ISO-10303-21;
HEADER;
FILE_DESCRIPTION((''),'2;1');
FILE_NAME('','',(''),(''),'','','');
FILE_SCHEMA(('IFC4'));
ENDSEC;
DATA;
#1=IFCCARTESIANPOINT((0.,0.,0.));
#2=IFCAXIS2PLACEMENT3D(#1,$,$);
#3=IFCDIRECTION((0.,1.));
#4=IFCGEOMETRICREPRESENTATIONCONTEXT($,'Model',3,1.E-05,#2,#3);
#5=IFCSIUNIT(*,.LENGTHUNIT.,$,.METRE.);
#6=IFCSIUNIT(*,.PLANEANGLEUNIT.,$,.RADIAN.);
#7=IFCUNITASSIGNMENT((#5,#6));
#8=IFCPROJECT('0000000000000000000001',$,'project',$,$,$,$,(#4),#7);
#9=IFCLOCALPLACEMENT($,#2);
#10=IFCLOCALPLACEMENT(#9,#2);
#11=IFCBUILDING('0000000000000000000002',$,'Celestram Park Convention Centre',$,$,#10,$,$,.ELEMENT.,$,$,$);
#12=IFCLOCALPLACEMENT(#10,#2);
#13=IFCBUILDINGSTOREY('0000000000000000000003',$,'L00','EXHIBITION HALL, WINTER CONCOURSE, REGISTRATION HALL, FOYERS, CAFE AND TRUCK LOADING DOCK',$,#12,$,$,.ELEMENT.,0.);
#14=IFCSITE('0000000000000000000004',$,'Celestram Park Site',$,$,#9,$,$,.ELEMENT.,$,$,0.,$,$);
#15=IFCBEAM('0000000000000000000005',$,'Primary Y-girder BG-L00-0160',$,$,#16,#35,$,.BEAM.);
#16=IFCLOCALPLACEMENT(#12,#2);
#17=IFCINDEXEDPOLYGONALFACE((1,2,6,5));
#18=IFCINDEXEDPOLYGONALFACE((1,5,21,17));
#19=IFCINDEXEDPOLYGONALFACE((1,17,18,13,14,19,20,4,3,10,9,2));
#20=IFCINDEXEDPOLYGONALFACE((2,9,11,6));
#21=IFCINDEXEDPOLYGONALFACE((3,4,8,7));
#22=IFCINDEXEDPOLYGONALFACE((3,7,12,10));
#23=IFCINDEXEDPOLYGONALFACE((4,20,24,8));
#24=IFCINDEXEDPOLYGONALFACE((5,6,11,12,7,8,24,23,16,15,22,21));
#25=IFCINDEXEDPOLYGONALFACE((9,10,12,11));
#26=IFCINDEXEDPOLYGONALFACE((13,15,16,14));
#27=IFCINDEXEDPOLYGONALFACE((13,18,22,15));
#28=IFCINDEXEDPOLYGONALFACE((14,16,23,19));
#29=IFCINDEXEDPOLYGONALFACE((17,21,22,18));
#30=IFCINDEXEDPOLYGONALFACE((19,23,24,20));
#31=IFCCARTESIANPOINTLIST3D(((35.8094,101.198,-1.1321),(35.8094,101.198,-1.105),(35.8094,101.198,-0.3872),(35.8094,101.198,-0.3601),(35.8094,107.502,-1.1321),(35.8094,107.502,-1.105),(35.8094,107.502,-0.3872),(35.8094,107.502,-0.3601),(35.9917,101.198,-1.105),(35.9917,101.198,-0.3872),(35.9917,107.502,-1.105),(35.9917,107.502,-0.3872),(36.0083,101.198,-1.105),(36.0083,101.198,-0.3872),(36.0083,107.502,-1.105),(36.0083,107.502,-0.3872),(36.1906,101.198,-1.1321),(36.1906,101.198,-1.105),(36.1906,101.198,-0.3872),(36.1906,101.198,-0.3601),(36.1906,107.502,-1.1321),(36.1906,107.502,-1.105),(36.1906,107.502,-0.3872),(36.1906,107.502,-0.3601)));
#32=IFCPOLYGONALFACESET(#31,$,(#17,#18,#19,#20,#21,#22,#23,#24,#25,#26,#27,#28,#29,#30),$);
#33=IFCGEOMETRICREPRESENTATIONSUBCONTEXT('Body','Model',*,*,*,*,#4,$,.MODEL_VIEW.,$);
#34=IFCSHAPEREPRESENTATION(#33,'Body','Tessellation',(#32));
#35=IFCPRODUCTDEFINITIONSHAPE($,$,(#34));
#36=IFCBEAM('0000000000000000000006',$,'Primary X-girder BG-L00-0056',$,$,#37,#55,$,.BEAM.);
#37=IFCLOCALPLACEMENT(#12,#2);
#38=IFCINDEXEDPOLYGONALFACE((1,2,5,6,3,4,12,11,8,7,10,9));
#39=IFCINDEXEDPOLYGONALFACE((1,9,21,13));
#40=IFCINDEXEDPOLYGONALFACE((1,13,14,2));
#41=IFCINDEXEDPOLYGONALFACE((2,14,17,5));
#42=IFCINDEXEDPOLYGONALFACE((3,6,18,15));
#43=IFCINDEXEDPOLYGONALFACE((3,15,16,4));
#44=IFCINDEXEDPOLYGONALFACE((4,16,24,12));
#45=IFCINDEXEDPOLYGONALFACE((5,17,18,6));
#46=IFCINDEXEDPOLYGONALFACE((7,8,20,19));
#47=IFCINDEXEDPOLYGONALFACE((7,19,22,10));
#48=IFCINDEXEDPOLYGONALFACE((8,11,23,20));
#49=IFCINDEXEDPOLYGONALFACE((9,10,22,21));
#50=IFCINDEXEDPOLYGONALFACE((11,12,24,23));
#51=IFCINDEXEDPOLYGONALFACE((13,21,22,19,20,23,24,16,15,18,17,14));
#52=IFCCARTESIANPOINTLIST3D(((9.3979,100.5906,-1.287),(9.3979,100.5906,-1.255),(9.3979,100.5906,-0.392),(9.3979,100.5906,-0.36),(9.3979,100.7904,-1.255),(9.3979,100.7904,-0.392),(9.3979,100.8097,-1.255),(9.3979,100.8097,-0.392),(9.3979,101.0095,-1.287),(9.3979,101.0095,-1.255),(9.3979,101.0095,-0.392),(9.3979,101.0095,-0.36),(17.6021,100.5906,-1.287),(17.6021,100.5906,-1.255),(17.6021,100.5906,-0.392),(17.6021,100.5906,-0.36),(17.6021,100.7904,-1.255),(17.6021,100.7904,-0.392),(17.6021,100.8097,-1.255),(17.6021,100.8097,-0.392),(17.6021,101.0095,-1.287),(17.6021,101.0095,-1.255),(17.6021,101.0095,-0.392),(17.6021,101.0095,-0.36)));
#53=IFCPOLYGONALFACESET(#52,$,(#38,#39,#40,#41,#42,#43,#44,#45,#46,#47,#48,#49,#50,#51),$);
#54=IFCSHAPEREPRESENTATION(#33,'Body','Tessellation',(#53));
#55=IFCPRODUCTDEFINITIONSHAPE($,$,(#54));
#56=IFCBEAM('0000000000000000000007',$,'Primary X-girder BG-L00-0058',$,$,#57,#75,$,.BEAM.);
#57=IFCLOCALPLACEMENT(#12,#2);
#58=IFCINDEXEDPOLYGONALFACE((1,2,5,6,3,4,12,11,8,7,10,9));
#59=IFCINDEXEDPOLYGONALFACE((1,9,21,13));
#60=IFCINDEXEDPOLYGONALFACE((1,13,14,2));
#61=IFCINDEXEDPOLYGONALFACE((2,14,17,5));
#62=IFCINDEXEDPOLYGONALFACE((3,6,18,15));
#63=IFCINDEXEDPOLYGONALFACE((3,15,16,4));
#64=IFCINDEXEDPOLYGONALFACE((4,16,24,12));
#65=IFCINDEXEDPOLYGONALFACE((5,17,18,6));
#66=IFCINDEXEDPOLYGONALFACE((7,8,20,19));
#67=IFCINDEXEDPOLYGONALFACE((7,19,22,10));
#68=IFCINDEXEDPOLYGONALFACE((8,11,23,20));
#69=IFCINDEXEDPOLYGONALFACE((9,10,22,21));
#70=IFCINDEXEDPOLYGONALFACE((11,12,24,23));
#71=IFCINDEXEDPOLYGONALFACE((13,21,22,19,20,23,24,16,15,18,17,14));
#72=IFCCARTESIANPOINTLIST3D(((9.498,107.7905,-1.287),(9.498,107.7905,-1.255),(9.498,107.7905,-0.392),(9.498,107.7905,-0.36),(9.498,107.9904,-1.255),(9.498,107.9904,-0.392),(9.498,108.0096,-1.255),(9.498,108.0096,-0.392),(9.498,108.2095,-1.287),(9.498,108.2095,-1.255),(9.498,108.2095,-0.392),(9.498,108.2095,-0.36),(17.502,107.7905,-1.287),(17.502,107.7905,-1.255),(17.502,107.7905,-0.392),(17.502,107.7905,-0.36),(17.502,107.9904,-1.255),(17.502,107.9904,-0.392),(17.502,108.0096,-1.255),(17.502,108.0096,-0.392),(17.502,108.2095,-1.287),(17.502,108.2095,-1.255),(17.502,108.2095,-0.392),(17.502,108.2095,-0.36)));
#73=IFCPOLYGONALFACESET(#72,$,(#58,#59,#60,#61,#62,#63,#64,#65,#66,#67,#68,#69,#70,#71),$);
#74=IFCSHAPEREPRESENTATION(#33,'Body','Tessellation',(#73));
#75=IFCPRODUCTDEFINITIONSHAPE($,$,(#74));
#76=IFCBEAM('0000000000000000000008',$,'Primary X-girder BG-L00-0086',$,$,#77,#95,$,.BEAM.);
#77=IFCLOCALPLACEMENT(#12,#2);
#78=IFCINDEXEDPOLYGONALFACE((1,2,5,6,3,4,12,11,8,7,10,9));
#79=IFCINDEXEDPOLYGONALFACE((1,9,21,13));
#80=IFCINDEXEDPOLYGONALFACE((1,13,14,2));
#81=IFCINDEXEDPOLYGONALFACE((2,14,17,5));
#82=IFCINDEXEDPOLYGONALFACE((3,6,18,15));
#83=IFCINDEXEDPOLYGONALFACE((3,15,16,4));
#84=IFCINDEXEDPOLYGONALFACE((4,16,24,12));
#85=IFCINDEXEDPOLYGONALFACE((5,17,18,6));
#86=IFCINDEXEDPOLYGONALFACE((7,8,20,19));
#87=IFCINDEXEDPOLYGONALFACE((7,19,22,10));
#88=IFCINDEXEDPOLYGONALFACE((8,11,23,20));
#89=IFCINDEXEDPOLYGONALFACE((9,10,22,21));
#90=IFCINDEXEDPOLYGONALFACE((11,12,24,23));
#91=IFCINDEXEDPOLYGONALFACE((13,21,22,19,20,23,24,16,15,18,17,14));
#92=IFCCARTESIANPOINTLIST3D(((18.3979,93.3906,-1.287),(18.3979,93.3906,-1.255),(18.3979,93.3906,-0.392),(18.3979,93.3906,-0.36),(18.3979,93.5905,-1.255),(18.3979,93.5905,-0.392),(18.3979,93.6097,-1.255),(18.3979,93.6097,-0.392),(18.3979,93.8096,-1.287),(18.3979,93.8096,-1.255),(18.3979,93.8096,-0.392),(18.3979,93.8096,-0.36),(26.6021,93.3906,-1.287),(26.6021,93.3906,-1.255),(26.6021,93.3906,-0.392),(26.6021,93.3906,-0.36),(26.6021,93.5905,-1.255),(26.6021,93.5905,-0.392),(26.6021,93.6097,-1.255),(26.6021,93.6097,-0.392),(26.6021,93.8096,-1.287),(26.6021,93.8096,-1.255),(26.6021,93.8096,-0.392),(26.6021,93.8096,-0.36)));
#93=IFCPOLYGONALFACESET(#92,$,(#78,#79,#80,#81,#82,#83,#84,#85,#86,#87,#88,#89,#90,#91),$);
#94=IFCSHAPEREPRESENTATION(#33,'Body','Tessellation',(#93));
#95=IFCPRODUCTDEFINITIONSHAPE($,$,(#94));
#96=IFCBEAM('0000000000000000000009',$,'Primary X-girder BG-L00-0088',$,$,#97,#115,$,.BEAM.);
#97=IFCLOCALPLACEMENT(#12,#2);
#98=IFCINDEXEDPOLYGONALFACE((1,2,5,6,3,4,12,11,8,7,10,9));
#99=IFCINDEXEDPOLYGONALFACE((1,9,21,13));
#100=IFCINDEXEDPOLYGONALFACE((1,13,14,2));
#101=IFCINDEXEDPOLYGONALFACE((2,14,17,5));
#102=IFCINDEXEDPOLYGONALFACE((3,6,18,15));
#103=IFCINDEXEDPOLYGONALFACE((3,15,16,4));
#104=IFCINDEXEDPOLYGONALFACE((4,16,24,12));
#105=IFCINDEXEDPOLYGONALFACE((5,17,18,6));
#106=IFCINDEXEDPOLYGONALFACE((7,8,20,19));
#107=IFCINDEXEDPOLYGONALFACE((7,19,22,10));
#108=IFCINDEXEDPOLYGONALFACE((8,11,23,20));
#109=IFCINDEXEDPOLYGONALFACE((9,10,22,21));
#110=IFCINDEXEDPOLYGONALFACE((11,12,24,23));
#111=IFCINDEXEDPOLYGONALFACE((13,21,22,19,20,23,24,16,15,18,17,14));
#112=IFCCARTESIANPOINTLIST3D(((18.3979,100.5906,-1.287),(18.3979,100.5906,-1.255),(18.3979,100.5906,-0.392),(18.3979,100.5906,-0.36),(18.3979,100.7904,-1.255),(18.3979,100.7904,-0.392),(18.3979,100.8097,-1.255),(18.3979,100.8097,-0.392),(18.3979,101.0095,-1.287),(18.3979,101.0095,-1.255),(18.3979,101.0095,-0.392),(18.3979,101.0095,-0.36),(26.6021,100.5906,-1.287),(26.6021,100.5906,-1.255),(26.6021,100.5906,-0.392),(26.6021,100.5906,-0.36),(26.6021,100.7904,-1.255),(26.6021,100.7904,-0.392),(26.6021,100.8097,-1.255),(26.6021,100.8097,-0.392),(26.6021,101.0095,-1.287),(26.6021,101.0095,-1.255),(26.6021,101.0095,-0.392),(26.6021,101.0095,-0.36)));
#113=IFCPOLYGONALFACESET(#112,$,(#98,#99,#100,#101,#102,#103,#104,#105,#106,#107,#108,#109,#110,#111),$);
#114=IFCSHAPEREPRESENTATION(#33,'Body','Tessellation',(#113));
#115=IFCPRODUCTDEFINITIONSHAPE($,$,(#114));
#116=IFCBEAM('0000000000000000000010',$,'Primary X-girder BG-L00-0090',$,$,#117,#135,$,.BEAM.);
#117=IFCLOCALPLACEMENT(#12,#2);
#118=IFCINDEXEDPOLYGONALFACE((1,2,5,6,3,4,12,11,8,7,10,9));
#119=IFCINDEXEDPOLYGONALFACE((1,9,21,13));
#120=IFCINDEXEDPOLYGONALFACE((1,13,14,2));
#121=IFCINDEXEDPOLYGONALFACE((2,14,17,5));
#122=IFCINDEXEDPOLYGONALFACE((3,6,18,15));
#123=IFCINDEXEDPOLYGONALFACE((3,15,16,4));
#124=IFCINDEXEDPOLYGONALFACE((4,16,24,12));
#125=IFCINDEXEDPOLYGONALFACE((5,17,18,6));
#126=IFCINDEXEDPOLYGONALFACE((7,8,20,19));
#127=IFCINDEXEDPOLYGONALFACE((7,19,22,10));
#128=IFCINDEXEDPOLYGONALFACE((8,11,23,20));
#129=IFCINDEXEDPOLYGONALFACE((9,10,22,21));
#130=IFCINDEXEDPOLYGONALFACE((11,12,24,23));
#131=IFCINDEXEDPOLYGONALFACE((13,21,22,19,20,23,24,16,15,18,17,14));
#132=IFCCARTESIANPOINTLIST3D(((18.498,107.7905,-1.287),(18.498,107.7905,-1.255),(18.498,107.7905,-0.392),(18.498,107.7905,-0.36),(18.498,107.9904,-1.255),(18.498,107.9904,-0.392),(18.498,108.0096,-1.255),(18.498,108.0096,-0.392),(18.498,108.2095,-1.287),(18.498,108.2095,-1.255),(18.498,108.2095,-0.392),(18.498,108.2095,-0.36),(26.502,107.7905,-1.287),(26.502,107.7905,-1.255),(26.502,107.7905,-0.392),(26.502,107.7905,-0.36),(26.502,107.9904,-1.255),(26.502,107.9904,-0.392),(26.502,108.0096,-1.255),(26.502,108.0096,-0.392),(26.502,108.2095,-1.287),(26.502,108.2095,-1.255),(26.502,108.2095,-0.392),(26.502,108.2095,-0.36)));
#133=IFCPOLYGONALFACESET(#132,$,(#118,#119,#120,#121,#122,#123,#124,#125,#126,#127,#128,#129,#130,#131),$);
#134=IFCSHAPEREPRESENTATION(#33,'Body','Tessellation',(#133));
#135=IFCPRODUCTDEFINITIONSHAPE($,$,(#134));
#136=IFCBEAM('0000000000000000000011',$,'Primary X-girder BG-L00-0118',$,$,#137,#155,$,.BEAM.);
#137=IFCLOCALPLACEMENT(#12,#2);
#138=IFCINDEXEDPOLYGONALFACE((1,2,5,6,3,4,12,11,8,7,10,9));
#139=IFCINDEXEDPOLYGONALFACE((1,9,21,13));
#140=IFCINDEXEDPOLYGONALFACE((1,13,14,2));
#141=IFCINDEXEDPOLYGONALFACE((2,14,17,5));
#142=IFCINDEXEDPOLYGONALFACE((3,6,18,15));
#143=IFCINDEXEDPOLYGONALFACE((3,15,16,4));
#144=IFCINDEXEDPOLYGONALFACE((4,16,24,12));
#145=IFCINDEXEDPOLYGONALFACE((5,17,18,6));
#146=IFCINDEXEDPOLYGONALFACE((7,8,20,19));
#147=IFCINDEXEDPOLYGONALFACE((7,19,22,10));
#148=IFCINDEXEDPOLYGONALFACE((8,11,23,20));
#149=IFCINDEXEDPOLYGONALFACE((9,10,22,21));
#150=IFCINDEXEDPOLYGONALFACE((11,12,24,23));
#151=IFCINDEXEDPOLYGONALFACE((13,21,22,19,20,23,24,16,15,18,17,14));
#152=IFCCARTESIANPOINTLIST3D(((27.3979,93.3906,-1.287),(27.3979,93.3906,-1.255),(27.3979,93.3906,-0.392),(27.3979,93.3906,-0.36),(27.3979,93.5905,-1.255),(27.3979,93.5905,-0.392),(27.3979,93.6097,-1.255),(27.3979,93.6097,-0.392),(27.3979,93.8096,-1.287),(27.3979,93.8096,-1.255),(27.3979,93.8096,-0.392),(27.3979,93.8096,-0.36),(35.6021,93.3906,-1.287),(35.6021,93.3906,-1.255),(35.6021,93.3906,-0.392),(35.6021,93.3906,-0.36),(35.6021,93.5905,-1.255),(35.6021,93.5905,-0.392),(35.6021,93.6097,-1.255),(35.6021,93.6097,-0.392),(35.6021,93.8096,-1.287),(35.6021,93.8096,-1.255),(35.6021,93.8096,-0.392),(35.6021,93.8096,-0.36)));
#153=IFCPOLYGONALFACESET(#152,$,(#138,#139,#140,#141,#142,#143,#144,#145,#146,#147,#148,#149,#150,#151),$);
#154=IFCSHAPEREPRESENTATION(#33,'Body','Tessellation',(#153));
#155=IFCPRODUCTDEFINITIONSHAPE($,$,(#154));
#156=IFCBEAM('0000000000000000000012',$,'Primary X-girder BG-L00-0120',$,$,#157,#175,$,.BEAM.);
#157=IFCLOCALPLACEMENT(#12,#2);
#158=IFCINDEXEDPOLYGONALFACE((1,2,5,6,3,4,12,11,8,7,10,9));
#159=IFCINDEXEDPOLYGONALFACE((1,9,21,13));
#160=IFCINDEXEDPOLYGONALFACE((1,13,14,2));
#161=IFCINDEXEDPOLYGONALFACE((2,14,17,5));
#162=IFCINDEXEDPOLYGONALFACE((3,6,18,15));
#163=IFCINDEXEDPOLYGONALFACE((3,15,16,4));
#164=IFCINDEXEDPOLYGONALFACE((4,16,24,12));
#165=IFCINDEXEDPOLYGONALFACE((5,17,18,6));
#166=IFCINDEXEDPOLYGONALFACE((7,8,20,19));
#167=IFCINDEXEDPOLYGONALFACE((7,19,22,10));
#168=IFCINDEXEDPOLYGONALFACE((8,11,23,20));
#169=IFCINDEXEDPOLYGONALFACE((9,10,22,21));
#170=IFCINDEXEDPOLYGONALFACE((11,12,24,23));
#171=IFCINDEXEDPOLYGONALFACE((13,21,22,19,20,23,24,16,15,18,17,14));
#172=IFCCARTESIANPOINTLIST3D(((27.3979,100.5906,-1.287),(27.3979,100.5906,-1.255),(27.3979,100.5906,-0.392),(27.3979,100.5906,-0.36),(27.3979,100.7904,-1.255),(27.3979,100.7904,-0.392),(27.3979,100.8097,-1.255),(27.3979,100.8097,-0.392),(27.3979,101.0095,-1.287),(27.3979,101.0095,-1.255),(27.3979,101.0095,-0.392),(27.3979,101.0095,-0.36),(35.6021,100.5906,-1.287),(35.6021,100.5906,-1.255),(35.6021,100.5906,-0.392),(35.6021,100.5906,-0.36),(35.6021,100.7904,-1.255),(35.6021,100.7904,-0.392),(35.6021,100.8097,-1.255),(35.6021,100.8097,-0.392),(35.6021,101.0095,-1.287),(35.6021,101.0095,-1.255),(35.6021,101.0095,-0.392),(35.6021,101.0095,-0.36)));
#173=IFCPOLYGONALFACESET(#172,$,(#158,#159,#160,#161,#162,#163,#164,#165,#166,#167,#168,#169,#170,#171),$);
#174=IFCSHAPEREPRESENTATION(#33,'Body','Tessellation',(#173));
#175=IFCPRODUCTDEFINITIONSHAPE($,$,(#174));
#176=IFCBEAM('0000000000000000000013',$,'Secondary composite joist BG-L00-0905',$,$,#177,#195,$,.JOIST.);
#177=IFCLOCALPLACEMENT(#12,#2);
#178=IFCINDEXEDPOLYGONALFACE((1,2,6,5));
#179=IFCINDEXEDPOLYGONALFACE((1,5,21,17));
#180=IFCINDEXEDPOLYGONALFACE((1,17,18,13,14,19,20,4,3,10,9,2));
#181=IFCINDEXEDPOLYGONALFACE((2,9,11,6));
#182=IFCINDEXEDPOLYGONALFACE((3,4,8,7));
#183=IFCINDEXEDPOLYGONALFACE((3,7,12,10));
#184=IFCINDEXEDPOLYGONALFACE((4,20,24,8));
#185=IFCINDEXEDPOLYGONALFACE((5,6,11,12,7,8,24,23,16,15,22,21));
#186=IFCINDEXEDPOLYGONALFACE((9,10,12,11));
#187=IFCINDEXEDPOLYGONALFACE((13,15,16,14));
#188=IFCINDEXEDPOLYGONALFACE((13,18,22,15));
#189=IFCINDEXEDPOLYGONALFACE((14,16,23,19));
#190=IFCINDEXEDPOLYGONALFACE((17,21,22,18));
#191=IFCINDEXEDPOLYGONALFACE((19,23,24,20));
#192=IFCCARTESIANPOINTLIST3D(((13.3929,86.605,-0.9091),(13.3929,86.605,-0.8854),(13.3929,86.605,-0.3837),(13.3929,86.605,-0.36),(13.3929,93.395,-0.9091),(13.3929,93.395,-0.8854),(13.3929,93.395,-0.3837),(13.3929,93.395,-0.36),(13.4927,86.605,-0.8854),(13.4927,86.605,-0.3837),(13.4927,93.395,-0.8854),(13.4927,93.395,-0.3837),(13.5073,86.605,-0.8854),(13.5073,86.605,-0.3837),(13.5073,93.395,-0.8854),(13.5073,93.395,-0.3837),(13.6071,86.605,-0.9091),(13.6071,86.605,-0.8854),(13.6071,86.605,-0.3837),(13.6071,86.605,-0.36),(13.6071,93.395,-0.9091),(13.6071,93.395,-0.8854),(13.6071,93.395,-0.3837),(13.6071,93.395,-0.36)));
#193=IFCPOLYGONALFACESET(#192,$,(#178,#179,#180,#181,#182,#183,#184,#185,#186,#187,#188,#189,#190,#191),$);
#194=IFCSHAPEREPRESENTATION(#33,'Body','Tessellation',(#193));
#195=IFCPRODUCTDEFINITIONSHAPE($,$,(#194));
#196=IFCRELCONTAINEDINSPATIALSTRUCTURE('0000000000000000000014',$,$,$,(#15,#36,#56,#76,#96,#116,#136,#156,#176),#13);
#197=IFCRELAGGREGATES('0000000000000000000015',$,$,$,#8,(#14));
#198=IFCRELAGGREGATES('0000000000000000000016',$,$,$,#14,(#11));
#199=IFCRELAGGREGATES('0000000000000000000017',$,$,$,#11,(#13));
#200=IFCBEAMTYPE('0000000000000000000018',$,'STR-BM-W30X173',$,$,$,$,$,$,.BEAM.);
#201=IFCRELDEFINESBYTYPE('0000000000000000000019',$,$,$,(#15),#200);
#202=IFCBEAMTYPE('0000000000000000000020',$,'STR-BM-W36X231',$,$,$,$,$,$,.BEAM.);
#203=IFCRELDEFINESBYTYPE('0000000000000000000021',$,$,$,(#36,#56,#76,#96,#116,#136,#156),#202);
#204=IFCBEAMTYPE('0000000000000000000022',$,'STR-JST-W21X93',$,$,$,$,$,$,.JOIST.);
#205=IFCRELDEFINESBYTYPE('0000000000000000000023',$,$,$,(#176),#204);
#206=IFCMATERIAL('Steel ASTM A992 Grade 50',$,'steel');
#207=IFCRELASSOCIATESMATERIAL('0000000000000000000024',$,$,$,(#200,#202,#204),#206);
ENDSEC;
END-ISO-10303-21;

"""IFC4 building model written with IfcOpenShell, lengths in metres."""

from ifc_helpers import new_model, si_unit, direction, frame, origin, origin_2d, place, context, subcontext, project, spatial, i_section, extrude, material, material_profile, profile_set, type_object, element, save


model = new_model("IFC4")

# Units and contexts
model_context = context("Model", 3, precision=1e-05, world=origin(), true_north=direction((0.0, 1.0)))
body_context = subcontext(model_context, "Body", "Model", "MODEL_VIEW")
ifc_project = project(units=[si_unit("LENGTHUNIT", "METRE"), si_unit("PLANEANGLEUNIT", "RADIAN")], contexts=[model_context])

# Site, building, storey
site_placement = place(None, origin())
site = spatial("IfcSite", under=ifc_project, at=site_placement, Name="Celestram Park Site", CompositionType="ELEMENT", RefElevation=0.0)
building_placement = place(site_placement, origin())
building = spatial("IfcBuilding", under=site, at=building_placement, Name="Celestram Park Convention Centre", CompositionType="ELEMENT")
storey_placement = place(building_placement, origin())
storey = spatial("IfcBuildingStorey", under=building, at=storey_placement, Name="L00", Description="EXHIBITION HALL, WINTER CONCOURSE, REGISTRATION HALL, FOYERS, CAFE AND TRUCK LOADING DOCK", CompositionType="ELEMENT", Elevation=0.0)

# Shared definitions
ifc_material_1 = material(Name="Steel ASTM A992 Grade 50", Category="steel")

# Beams
ifc_material_profile_1 = material_profile(ifc_material_1, i_section(OverallWidth=0.3811, OverallDepth=0.772, WebThickness=0.0166, FlangeThickness=0.0271, at=origin_2d()), Name="W30X173")
ifc_profile_set_1 = profile_set([ifc_material_profile_1], Name="Steel ASTM A992 Grade 50")
beam_type_1 = type_object("IfcBeamType", Name="STR-BM-W30X173", PredefinedType="BEAM", material=ifc_profile_set_1)
beam_1_placement = place(storey_placement, frame((36.0, 101.198, -0.7461), z_axis=(0.0, 1.0, 0.0), x_axis=(-1.0, 0.0, 0.0)))
element("IfcBeam", 1, at=beam_1_placement, inside=storey, type_object=beam_type_1, Name="Primary Y-girder BG-L00-0160", PredefinedType="BEAM", context=body_context, shape_type="SweptSolid", body=[
    extrude(i_section(OverallWidth=0.3811, OverallDepth=0.772, WebThickness=0.0166, FlangeThickness=0.0271, at=origin_2d()), origin(), (0.0, 0.0, 1.0), 6.304),
])
ifc_material_profile_2 = material_profile(ifc_material_1, i_section(OverallWidth=0.4189, OverallDepth=0.927, WebThickness=0.0193, FlangeThickness=0.032, at=origin_2d()), Name="W36X231")
ifc_profile_set_2 = profile_set([ifc_material_profile_2], Name="Steel ASTM A992 Grade 50")
beam_type_2 = type_object("IfcBeamType", Name="STR-BM-W36X231", PredefinedType="BEAM", material=ifc_profile_set_2)
beam_2_placement = place(storey_placement, frame((9.3979, 100.8, -0.8235), z_axis=(1.0, 0.0, 0.0), x_axis=(0.0, 1.0, 0.0)))
element("IfcBeam", 2, at=beam_2_placement, inside=storey, type_object=beam_type_2, Name="Primary X-girder BG-L00-0056", PredefinedType="BEAM", context=body_context, shape_type="SweptSolid", body=[
    extrude(i_section(OverallWidth=0.4189, OverallDepth=0.927, WebThickness=0.0193, FlangeThickness=0.032, at=origin_2d()), origin(), (0.0, 0.0, 1.0), 8.2041),
])
beam_3_placement = place(storey_placement, frame((9.498, 108.0, -0.8235), z_axis=(1.0, 0.0, 0.0), x_axis=(0.0, 1.0, 0.0)))
element("IfcBeam", 3, at=beam_3_placement, inside=storey, type_object=beam_type_2, Name="Primary X-girder BG-L00-0058", PredefinedType="BEAM", context=body_context, shape_type="SweptSolid", body=[
    extrude(i_section(OverallWidth=0.4189, OverallDepth=0.927, WebThickness=0.0193, FlangeThickness=0.032, at=origin_2d()), origin(), (0.0, 0.0, 1.0), 8.0039),
])
for number, where, z_axis, x_axis, name in (
    (4, (18.3979, 93.6001, -0.8235), (1.0, 0.0, 0.0), (0.0, 1.0, 0.0), "Primary X-girder BG-L00-0086"),
    (5, (18.3979, 100.8, -0.8235), (1.0, 0.0, 0.0), (0.0, 1.0, 0.0), "Primary X-girder BG-L00-0088"),
):
    element("IfcBeam", number, at=place(storey_placement, frame(where, z_axis=z_axis, x_axis=x_axis)), inside=storey, type_object=beam_type_2, Name=name, PredefinedType="BEAM", context=body_context, shape_type="SweptSolid", body=[
        extrude(i_section(OverallWidth=0.4189, OverallDepth=0.927, WebThickness=0.0193, FlangeThickness=0.032, at=origin_2d()), origin(), (0.0, 0.0, 1.0), 8.2041),
    ])
beam_4_placement = place(storey_placement, frame((18.498, 108.0, -0.8235), z_axis=(1.0, 0.0, 0.0), x_axis=(0.0, 1.0, 0.0)))
element("IfcBeam", 6, at=beam_4_placement, inside=storey, type_object=beam_type_2, Name="Primary X-girder BG-L00-0090", PredefinedType="BEAM", context=body_context, shape_type="SweptSolid", body=[
    extrude(i_section(OverallWidth=0.4189, OverallDepth=0.927, WebThickness=0.0193, FlangeThickness=0.032, at=origin_2d()), origin(), (0.0, 0.0, 1.0), 8.0039),
])
for number, where, z_axis, x_axis, name in (
    (7, (27.3979, 93.6001, -0.8235), (1.0, 0.0, 0.0), (0.0, 1.0, 0.0), "Primary X-girder BG-L00-0118"),
    (8, (27.3979, 100.8, -0.8235), (1.0, 0.0, 0.0), (0.0, 1.0, 0.0), "Primary X-girder BG-L00-0120"),
):
    element("IfcBeam", number, at=place(storey_placement, frame(where, z_axis=z_axis, x_axis=x_axis)), inside=storey, type_object=beam_type_2, Name=name, PredefinedType="BEAM", context=body_context, shape_type="SweptSolid", body=[
        extrude(i_section(OverallWidth=0.4189, OverallDepth=0.927, WebThickness=0.0193, FlangeThickness=0.032, at=origin_2d()), origin(), (0.0, 0.0, 1.0), 8.2041),
    ])
ifc_material_profile_3 = material_profile(ifc_material_1, i_section(OverallWidth=0.2141, OverallDepth=0.5491, WebThickness=0.0146, FlangeThickness=0.0237, at=origin_2d()), Name="W21X93")
ifc_profile_set_3 = profile_set([ifc_material_profile_3], Name="Steel ASTM A992 Grade 50")
beam_type_3 = type_object("IfcBeamType", Name="STR-JST-W21X93", PredefinedType="JOIST", material=ifc_profile_set_3)
for number, where, z_axis, x_axis, name in (
    (9, (13.5, 86.605, -0.6345), (0.0, 1.0, 0.0), (-1.0, 0.0, 0.0), "Secondary composite joist BG-L00-0905"),
):
    element("IfcBeam", number, at=place(storey_placement, frame(where, z_axis=z_axis, x_axis=x_axis)), inside=storey, type_object=beam_type_3, Name=name, PredefinedType="JOIST", context=body_context, shape_type="SweptSolid", body=[
        extrude(i_section(OverallWidth=0.2141, OverallDepth=0.5491, WebThickness=0.0146, FlangeThickness=0.0237, at=origin_2d()), origin(), (0.0, 0.0, 1.0), 6.79),
    ])

save(model, "model.ifc")
